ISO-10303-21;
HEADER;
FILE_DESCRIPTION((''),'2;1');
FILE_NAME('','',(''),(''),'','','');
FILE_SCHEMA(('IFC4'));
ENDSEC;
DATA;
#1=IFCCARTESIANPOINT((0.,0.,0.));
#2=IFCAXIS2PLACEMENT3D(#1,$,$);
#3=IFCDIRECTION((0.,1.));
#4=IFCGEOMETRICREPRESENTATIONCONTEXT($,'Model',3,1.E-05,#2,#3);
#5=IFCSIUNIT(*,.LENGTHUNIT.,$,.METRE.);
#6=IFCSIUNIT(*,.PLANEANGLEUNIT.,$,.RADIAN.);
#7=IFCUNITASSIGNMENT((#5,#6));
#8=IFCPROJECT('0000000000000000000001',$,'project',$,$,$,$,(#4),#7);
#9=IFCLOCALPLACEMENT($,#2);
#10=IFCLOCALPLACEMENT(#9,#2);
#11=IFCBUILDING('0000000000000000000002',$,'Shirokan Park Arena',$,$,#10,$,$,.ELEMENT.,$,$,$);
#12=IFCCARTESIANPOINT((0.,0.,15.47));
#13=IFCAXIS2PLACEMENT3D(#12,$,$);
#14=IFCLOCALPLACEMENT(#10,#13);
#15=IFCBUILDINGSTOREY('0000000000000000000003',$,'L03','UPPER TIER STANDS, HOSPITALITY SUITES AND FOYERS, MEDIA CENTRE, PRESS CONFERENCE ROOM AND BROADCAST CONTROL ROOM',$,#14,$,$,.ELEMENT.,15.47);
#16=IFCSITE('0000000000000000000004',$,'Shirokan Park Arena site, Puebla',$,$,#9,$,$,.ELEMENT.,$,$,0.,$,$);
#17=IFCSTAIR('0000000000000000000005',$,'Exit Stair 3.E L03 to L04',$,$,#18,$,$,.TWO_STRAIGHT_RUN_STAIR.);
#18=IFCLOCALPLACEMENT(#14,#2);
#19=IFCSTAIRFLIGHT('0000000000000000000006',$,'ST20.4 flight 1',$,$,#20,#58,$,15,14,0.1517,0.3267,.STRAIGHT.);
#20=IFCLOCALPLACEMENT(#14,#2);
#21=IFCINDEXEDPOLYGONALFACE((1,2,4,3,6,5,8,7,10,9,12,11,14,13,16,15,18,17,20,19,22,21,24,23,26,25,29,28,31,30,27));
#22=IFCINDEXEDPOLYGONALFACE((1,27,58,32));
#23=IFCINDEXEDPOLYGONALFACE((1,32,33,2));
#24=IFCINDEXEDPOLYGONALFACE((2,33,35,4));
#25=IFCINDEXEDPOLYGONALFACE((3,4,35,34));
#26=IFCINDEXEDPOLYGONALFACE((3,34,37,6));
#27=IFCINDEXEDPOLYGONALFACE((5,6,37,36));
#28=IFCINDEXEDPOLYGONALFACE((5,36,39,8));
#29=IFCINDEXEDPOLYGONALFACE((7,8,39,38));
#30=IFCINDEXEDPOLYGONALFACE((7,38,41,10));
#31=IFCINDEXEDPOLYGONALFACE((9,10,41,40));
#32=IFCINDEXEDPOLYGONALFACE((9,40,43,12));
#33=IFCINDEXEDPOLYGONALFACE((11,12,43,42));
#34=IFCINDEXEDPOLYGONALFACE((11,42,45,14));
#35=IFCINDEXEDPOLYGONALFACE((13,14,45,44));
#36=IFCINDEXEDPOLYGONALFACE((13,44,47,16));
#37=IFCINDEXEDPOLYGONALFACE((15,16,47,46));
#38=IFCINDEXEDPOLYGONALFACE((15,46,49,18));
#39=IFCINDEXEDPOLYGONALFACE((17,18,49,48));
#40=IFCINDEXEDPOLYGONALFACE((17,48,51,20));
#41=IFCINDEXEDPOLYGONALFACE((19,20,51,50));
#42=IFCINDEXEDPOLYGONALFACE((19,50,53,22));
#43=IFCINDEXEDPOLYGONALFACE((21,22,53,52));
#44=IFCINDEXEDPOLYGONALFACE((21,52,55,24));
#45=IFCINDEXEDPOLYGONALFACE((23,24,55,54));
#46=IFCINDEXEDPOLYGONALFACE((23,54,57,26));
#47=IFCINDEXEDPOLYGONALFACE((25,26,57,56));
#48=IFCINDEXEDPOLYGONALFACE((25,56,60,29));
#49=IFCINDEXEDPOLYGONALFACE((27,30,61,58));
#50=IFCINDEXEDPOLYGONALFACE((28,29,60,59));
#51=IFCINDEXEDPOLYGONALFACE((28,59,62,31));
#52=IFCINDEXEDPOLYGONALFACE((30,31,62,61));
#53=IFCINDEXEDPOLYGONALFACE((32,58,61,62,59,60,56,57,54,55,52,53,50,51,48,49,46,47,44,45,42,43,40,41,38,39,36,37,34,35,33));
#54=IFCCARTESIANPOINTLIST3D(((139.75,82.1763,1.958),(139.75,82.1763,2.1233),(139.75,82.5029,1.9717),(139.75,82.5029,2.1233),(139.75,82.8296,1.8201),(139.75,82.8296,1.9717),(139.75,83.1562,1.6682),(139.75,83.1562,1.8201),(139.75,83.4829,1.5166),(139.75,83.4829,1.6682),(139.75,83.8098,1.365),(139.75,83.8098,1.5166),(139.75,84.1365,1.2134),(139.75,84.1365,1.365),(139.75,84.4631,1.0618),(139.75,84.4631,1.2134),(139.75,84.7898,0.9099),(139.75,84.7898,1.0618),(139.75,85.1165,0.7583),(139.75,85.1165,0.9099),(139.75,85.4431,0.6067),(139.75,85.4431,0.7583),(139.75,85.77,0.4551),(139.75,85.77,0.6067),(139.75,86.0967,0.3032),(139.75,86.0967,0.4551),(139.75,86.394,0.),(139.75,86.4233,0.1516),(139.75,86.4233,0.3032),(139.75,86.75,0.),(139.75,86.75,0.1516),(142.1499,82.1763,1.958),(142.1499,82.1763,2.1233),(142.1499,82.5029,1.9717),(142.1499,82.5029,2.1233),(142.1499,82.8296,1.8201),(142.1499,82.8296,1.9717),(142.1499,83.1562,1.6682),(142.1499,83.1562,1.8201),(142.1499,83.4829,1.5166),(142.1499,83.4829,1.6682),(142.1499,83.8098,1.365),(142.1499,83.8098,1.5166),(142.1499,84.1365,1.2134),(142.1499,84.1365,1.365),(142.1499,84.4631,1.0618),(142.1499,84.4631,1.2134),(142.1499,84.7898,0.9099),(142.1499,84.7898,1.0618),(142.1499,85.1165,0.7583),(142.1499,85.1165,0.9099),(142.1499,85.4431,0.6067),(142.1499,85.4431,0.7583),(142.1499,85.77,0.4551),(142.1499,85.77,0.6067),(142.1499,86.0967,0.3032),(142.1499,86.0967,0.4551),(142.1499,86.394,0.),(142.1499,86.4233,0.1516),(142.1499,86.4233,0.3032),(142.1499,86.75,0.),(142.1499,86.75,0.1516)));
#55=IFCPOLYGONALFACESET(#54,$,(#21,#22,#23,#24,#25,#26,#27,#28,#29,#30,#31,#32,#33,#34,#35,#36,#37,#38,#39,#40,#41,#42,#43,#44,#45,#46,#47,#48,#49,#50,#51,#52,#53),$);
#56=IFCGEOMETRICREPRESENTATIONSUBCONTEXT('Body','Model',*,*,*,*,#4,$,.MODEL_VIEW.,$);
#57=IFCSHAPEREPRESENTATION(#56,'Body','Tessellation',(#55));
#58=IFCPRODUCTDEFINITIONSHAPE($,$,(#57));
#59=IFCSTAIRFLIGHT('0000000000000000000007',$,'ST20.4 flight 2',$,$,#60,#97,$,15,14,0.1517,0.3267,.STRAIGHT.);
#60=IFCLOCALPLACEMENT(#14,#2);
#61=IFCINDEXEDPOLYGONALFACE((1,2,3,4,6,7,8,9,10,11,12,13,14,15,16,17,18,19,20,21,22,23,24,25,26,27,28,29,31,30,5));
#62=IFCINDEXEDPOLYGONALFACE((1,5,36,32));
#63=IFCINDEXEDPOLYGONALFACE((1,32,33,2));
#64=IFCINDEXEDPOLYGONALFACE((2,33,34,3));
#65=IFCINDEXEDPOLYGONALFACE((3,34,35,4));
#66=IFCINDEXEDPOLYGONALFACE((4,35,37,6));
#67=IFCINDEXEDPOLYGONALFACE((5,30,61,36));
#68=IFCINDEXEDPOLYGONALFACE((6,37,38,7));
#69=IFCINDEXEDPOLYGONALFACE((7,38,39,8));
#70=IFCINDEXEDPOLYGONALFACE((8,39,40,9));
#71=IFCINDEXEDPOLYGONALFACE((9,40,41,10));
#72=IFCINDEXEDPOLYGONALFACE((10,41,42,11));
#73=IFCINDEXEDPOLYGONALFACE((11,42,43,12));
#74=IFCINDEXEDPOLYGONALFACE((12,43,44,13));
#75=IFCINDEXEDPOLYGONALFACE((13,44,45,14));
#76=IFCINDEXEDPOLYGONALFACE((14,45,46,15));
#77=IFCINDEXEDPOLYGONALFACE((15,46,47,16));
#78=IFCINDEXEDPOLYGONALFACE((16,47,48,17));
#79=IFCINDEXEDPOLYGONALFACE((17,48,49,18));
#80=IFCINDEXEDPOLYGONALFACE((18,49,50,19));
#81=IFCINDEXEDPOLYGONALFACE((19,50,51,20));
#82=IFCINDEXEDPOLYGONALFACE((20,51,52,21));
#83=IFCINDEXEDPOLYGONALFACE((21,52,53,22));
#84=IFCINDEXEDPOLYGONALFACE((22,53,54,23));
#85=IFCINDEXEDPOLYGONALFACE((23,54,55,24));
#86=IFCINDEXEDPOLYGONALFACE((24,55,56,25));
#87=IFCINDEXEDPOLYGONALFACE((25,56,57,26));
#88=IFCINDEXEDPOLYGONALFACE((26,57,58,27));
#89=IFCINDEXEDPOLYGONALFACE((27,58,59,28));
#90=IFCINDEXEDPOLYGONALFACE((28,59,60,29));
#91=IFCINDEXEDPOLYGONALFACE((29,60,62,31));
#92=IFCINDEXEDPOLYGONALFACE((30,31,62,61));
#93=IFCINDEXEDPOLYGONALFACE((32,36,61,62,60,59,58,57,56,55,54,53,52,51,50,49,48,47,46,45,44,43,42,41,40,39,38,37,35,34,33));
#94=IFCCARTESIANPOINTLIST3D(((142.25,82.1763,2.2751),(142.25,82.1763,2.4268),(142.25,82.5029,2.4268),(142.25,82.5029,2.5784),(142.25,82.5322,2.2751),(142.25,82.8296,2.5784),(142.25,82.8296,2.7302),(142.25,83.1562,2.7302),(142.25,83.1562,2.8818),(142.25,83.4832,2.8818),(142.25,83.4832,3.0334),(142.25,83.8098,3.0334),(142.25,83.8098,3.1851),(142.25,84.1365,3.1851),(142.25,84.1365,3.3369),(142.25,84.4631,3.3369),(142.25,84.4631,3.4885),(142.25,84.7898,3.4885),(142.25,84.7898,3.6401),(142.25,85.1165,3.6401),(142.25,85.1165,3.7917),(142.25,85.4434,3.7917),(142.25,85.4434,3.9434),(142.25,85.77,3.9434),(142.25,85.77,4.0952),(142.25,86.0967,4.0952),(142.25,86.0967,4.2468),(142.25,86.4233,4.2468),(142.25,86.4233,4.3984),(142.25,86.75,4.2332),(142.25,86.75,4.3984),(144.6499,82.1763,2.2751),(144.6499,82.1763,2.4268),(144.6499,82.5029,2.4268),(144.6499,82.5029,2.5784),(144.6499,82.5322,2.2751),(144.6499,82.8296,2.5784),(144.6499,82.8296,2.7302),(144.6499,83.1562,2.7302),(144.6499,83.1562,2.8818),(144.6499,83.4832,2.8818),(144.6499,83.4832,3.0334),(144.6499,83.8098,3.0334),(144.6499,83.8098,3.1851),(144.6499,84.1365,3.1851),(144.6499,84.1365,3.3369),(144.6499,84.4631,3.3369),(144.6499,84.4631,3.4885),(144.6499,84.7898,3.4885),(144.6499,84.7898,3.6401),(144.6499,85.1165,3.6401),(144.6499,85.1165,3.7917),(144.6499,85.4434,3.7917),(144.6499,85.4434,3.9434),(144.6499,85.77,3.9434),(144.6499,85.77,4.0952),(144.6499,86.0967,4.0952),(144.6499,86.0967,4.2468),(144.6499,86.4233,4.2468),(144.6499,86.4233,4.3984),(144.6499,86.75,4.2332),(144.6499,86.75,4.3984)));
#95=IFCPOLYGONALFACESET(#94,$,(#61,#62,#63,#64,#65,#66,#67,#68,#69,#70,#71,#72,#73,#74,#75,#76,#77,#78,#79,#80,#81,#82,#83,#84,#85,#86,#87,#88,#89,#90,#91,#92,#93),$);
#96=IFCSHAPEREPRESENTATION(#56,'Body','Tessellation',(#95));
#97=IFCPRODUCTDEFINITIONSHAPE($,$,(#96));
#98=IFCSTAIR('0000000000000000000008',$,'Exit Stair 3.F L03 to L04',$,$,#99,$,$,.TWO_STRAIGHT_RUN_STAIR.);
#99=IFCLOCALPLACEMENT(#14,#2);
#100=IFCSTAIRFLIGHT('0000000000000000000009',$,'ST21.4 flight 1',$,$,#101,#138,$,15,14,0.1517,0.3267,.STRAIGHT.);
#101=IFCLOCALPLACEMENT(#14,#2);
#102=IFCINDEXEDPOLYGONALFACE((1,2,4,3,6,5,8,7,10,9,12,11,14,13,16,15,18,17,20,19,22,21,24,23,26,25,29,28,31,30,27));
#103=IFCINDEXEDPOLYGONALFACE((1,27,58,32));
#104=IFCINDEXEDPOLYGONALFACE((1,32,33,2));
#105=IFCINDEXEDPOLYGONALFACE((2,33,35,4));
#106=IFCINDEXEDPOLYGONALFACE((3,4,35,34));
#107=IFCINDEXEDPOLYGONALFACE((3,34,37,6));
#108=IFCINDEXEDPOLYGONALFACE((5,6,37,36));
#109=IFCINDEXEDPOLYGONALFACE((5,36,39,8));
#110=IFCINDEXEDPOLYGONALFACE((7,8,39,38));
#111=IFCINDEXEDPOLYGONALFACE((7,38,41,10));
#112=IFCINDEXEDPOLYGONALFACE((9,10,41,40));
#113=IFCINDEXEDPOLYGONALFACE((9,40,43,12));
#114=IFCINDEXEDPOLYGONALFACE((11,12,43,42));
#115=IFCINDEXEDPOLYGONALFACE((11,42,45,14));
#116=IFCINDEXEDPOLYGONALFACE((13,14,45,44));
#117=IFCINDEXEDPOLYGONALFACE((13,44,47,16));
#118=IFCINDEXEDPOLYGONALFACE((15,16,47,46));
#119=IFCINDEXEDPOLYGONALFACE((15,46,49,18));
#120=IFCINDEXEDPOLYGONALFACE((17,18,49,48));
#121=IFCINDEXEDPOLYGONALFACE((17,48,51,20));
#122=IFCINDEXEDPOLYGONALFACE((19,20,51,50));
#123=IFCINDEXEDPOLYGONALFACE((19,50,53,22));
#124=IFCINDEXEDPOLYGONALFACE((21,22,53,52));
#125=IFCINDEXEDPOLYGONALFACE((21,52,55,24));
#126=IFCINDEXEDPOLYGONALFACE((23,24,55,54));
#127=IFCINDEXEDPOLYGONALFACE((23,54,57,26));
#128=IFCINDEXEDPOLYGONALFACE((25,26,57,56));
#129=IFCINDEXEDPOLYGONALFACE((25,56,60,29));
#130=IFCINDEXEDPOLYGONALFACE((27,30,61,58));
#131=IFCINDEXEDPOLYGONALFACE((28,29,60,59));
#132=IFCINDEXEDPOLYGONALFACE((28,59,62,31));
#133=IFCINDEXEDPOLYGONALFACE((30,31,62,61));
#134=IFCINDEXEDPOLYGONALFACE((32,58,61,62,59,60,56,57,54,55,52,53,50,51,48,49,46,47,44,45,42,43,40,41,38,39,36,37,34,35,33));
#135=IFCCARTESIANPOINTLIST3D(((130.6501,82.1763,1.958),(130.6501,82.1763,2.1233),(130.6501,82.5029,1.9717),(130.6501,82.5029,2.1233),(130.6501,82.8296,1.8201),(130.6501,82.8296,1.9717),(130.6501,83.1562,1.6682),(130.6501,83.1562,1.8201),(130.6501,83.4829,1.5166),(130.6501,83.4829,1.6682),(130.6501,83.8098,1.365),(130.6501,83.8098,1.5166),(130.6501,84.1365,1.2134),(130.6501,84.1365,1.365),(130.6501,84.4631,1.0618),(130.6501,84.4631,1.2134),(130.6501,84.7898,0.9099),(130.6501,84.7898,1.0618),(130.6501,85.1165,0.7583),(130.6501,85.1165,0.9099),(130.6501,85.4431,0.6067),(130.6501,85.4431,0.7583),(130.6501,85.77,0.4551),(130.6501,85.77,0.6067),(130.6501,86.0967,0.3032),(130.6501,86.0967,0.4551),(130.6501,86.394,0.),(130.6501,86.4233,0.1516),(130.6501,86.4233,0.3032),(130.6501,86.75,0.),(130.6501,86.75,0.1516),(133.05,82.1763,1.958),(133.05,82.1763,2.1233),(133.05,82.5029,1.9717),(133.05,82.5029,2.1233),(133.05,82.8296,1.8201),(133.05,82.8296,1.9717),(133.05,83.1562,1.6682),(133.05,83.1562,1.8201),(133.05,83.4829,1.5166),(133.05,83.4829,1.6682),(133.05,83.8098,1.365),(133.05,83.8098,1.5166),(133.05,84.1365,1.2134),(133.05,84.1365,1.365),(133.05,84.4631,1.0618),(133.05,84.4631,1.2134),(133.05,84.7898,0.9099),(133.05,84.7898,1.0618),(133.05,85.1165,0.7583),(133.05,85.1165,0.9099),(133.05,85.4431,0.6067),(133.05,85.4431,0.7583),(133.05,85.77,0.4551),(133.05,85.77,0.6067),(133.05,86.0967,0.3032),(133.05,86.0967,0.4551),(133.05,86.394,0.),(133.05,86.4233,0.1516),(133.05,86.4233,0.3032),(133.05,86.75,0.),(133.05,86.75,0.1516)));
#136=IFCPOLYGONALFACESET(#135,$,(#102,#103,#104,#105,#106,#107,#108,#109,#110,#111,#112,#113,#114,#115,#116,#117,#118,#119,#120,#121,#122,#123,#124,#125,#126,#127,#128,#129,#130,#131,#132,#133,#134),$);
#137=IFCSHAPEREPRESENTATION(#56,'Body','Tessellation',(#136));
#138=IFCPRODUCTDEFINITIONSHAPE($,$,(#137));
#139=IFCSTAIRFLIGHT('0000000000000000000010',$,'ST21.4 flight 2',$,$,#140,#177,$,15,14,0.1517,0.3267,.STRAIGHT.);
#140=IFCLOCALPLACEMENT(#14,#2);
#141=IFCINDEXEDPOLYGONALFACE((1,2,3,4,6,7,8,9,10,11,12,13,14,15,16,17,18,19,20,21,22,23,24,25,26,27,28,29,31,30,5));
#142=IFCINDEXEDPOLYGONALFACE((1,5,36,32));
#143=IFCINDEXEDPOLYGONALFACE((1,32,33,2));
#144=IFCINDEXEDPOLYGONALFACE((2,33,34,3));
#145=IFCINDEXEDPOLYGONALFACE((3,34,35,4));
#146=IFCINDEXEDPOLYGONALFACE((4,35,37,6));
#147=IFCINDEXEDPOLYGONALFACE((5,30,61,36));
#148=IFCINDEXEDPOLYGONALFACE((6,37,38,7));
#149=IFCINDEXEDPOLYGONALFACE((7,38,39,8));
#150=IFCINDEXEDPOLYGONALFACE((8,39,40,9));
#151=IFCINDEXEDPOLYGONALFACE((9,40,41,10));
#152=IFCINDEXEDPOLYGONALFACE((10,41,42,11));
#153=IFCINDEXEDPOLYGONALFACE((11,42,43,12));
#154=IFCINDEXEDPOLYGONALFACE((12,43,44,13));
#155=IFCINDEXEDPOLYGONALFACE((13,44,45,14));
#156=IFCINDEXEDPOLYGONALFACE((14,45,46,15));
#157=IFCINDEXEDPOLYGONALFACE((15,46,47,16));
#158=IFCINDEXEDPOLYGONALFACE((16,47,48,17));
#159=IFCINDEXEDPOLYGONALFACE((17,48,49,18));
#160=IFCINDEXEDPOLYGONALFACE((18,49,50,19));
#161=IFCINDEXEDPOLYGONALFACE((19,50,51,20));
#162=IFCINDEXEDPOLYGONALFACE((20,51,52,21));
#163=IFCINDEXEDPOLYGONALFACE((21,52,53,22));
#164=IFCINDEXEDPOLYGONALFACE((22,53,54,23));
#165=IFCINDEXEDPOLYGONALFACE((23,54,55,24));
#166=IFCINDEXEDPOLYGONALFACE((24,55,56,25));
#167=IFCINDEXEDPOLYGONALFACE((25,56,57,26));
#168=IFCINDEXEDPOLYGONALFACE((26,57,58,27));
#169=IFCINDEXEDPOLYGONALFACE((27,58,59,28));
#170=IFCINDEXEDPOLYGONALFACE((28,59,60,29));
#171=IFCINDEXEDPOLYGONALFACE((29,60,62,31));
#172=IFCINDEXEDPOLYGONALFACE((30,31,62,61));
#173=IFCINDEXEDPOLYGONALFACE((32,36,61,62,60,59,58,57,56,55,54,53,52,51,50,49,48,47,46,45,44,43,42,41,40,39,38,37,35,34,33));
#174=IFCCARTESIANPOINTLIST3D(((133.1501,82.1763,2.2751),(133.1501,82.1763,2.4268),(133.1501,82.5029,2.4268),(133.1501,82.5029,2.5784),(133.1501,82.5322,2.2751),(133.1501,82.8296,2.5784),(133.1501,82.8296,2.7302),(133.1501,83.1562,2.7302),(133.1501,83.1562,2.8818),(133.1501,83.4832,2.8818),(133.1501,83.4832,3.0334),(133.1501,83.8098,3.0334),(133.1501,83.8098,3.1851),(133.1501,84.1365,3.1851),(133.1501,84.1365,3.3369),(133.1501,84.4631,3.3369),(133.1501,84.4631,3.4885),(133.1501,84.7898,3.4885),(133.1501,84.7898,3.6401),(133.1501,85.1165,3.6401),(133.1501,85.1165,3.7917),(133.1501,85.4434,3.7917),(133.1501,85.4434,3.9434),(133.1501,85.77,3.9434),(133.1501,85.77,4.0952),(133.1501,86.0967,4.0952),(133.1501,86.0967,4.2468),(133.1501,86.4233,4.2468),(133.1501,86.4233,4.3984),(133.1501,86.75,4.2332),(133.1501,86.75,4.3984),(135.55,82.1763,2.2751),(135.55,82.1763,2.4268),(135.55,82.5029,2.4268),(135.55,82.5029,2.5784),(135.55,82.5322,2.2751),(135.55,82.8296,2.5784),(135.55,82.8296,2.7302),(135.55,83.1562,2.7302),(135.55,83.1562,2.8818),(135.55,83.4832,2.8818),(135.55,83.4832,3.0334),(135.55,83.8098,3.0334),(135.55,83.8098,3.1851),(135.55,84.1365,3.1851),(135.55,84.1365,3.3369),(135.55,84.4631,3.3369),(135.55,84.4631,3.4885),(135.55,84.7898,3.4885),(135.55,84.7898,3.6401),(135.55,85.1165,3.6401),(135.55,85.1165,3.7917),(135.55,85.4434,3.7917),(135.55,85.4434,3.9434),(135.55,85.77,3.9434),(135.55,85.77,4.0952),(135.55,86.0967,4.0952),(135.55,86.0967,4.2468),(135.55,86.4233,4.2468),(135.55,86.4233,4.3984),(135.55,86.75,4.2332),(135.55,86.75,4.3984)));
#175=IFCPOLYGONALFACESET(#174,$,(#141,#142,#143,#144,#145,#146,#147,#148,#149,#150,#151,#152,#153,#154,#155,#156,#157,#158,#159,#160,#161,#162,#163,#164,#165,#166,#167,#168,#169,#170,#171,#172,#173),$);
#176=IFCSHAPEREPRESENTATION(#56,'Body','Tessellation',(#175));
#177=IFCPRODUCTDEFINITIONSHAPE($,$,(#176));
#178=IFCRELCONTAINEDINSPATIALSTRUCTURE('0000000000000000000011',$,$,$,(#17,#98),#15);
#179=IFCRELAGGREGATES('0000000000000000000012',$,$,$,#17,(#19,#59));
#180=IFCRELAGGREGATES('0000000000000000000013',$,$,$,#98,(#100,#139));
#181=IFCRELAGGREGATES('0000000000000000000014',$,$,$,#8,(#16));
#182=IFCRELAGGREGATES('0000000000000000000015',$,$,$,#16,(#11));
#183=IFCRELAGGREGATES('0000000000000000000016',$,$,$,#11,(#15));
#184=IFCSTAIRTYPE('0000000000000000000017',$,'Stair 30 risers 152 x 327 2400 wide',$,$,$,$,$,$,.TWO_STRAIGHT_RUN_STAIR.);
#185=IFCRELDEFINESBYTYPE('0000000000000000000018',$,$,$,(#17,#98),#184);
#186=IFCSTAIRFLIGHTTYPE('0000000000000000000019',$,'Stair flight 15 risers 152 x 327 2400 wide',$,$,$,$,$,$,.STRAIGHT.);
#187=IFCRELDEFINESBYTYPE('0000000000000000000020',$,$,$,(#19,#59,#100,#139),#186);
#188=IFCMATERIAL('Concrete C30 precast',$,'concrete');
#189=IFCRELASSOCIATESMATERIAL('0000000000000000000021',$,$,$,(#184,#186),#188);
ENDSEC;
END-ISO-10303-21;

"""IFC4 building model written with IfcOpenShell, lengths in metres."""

from ifc_helpers import new_model, si_unit, direction, frame, origin, place, context, subcontext, project, spatial, polyline, outline, extrude, material, type_object, element, aggregate, save


model = new_model("IFC4")

# Units and contexts
model_context = context("Model", 3, precision=1e-05, world=origin(), true_north=direction((0.0, 1.0)))
body_context = subcontext(model_context, "Body", "Model", "MODEL_VIEW")
ifc_project = project(units=[si_unit("LENGTHUNIT", "METRE"), si_unit("PLANEANGLEUNIT", "RADIAN")], contexts=[model_context])

# Site, building, storey
site_placement = place(None, origin())
site = spatial("IfcSite", under=ifc_project, at=site_placement, Name="Shirokan Park Arena site, Puebla", CompositionType="ELEMENT", RefElevation=0.0)
building_placement = place(site_placement, origin())
building = spatial("IfcBuilding", under=site, at=building_placement, Name="Shirokan Park Arena", CompositionType="ELEMENT")
storey_placement = place(building_placement, frame((0.0, 0.0, 15.47)))
storey = spatial("IfcBuildingStorey", under=building, at=storey_placement, Name="L03", Description="UPPER TIER STANDS, HOSPITALITY SUITES AND FOYERS, MEDIA CENTRE, PRESS CONFERENCE ROOM AND BROADCAST CONTROL ROOM", CompositionType="ELEMENT", Elevation=15.47)

# Stairs, stair flights
ifc_material_1 = material(Name="Concrete C30 precast", Category="concrete")
stair_type = type_object("IfcStairType", Name="Stair 30 risers 152 x 327 2400 wide", PredefinedType="TWO_STRAIGHT_RUN_STAIR", material=ifc_material_1)
stair_1_placement = place(storey_placement, origin())
stair_1 = element("IfcStair", 1, at=stair_1_placement, inside=storey, type_object=stair_type, Name="Exit Stair 3.E L03 to L04", PredefinedType="TWO_STRAIGHT_RUN_STAIR")
stair_flight_type = type_object("IfcStairFlightType", Name="Stair flight 15 risers 152 x 327 2400 wide", PredefinedType="STRAIGHT", material=ifc_material_1)
stair_flight_1_placement = place(storey_placement, frame((140.95, 86.75, 0.0), z_axis=(0.0, 0.0, 1.0), x_axis=(0.0, -1.0, 0.0)))
stair_flight_1 = element("IfcStairFlight", 2, at=stair_flight_1_placement, type_object=stair_flight_type, Name="ST20.4 flight 1", NumberOfRisers=15, NumberOfTreads=14, PredefinedType="STRAIGHT", RiserHeight=0.1517, TreadLength=0.3267, context=body_context, shape_type="SweptSolid", body=[
    extrude(outline(polyline([(0.0, 0.0), (0.0, 0.1516), (0.3267, 0.1516), (0.3267, 0.3032), (0.6533, 0.3032), (0.6533, 0.4551), (0.98, 0.4551), (0.98, 0.6067), (1.3069, 0.6067), (1.3069, 0.7583), (1.6335, 0.7583), (1.6335, 0.9099), (1.9602, 0.9099), (1.9602, 1.0618), (2.2869, 1.0618), (2.2869, 1.2134), (2.6135, 1.2134), (2.6135, 1.365), (2.9402, 1.365), (2.9402, 1.5166), (3.2671, 1.5166), (3.2671, 1.6682), (3.5938, 1.6682), (3.5938, 1.8201), (3.9204, 1.8201), (3.9204, 1.9717), (4.2471, 1.9717), (4.2471, 2.1233), (4.5737, 2.1233), (4.5737, 2.2749), (4.5737, 1.958), (0.356, 0.0), (0.0, 0.0)])), frame((0.0, 1.2, 0.0), z_axis=(0.0, -1.0, 0.0), x_axis=(1.0, 0.0, 0.0)), (0.0, 0.0, 1.0), 2.3999),
])
stair_flight_2_placement = place(storey_placement, frame((143.45, 82.1763, 2.2751), z_axis=(0.0, 0.0, 1.0), x_axis=(0.0, 1.0, 0.0)))
stair_flight_2 = element("IfcStairFlight", 3, at=stair_flight_2_placement, type_object=stair_flight_type, Name="ST20.4 flight 2", NumberOfRisers=15, NumberOfTreads=14, PredefinedType="STRAIGHT", RiserHeight=0.1517, TreadLength=0.3267, context=body_context, shape_type="SweptSolid", body=[
    extrude(outline(polyline([(0.0, 0.0), (0.0, 0.1516), (0.3267, 0.1516), (0.3267, 0.3032), (0.6533, 0.3032), (0.6533, 0.4551), (0.98, 0.4551), (0.98, 0.6067), (1.3069, 0.6067), (1.3069, 0.7583), (1.6335, 0.7583), (1.6335, 0.9099), (1.9602, 0.9099), (1.9602, 1.0618), (2.2869, 1.0618), (2.2869, 1.2134), (2.6135, 1.2134), (2.6135, 1.365), (2.9402, 1.365), (2.9402, 1.5166), (3.2671, 1.5166), (3.2671, 1.6682), (3.5938, 1.6682), (3.5938, 1.8201), (3.9204, 1.8201), (3.9204, 1.9717), (4.2471, 1.9717), (4.2471, 2.1233), (4.5737, 2.1233), (4.5737, 2.2749), (4.5737, 1.958), (0.356, 0.0), (0.0, 0.0)])), frame((0.0, 1.2, 0.0), z_axis=(0.0, -1.0, 0.0), x_axis=(1.0, 0.0, 0.0)), (0.0, 0.0, 1.0), 2.3999),
])
aggregate(stair_1, [stair_flight_1, stair_flight_2])
stair_2_placement = place(storey_placement, origin())
stair_2 = element("IfcStair", 4, at=stair_2_placement, inside=storey, type_object=stair_type, Name="Exit Stair 3.F L03 to L04", PredefinedType="TWO_STRAIGHT_RUN_STAIR")
stair_flight_3_placement = place(storey_placement, frame((131.8501, 86.75, 0.0), z_axis=(0.0, 0.0, 1.0), x_axis=(0.0, -1.0, 0.0)))
stair_flight_3 = element("IfcStairFlight", 5, at=stair_flight_3_placement, type_object=stair_flight_type, Name="ST21.4 flight 1", NumberOfRisers=15, NumberOfTreads=14, PredefinedType="STRAIGHT", RiserHeight=0.1517, TreadLength=0.3267, context=body_context, shape_type="SweptSolid", body=[
    extrude(outline(polyline([(0.0, 0.0), (0.0, 0.1516), (0.3267, 0.1516), (0.3267, 0.3032), (0.6533, 0.3032), (0.6533, 0.4551), (0.98, 0.4551), (0.98, 0.6067), (1.3069, 0.6067), (1.3069, 0.7583), (1.6335, 0.7583), (1.6335, 0.9099), (1.9602, 0.9099), (1.9602, 1.0618), (2.2869, 1.0618), (2.2869, 1.2134), (2.6135, 1.2134), (2.6135, 1.365), (2.9402, 1.365), (2.9402, 1.5166), (3.2671, 1.5166), (3.2671, 1.6682), (3.5938, 1.6682), (3.5938, 1.8201), (3.9204, 1.8201), (3.9204, 1.9717), (4.2471, 1.9717), (4.2471, 2.1233), (4.5737, 2.1233), (4.5737, 2.2749), (4.5737, 1.958), (0.356, 0.0), (0.0, 0.0)])), frame((0.0, 1.2, 0.0), z_axis=(0.0, -1.0, 0.0), x_axis=(1.0, 0.0, 0.0)), (0.0, 0.0, 1.0), 2.3999),
])
stair_flight_4_placement = place(storey_placement, frame((134.3501, 82.1763, 2.2751), z_axis=(0.0, 0.0, 1.0), x_axis=(0.0, 1.0, 0.0)))
stair_flight_4 = element("IfcStairFlight", 6, at=stair_flight_4_placement, type_object=stair_flight_type, Name="ST21.4 flight 2", NumberOfRisers=15, NumberOfTreads=14, PredefinedType="STRAIGHT", RiserHeight=0.1517, TreadLength=0.3267, context=body_context, shape_type="SweptSolid", body=[
    extrude(outline(polyline([(0.0, 0.0), (0.0, 0.1516), (0.3267, 0.1516), (0.3267, 0.3032), (0.6533, 0.3032), (0.6533, 0.4551), (0.98, 0.4551), (0.98, 0.6067), (1.3069, 0.6067), (1.3069, 0.7583), (1.6335, 0.7583), (1.6335, 0.9099), (1.9602, 0.9099), (1.9602, 1.0618), (2.2869, 1.0618), (2.2869, 1.2134), (2.6135, 1.2134), (2.6135, 1.365), (2.9402, 1.365), (2.9402, 1.5166), (3.2671, 1.5166), (3.2671, 1.6682), (3.5938, 1.6682), (3.5938, 1.8201), (3.9204, 1.8201), (3.9204, 1.9717), (4.2471, 1.9717), (4.2471, 2.1233), (4.5737, 2.1233), (4.5737, 2.2749), (4.5737, 1.958), (0.356, 0.0), (0.0, 0.0)])), frame((0.0, 1.2, 0.0), z_axis=(0.0, -1.0, 0.0), x_axis=(1.0, 0.0, 0.0)), (0.0, 0.0, 1.0), 2.3999),
])
aggregate(stair_2, [stair_flight_3, stair_flight_4])

save(model, "model.ifc")
